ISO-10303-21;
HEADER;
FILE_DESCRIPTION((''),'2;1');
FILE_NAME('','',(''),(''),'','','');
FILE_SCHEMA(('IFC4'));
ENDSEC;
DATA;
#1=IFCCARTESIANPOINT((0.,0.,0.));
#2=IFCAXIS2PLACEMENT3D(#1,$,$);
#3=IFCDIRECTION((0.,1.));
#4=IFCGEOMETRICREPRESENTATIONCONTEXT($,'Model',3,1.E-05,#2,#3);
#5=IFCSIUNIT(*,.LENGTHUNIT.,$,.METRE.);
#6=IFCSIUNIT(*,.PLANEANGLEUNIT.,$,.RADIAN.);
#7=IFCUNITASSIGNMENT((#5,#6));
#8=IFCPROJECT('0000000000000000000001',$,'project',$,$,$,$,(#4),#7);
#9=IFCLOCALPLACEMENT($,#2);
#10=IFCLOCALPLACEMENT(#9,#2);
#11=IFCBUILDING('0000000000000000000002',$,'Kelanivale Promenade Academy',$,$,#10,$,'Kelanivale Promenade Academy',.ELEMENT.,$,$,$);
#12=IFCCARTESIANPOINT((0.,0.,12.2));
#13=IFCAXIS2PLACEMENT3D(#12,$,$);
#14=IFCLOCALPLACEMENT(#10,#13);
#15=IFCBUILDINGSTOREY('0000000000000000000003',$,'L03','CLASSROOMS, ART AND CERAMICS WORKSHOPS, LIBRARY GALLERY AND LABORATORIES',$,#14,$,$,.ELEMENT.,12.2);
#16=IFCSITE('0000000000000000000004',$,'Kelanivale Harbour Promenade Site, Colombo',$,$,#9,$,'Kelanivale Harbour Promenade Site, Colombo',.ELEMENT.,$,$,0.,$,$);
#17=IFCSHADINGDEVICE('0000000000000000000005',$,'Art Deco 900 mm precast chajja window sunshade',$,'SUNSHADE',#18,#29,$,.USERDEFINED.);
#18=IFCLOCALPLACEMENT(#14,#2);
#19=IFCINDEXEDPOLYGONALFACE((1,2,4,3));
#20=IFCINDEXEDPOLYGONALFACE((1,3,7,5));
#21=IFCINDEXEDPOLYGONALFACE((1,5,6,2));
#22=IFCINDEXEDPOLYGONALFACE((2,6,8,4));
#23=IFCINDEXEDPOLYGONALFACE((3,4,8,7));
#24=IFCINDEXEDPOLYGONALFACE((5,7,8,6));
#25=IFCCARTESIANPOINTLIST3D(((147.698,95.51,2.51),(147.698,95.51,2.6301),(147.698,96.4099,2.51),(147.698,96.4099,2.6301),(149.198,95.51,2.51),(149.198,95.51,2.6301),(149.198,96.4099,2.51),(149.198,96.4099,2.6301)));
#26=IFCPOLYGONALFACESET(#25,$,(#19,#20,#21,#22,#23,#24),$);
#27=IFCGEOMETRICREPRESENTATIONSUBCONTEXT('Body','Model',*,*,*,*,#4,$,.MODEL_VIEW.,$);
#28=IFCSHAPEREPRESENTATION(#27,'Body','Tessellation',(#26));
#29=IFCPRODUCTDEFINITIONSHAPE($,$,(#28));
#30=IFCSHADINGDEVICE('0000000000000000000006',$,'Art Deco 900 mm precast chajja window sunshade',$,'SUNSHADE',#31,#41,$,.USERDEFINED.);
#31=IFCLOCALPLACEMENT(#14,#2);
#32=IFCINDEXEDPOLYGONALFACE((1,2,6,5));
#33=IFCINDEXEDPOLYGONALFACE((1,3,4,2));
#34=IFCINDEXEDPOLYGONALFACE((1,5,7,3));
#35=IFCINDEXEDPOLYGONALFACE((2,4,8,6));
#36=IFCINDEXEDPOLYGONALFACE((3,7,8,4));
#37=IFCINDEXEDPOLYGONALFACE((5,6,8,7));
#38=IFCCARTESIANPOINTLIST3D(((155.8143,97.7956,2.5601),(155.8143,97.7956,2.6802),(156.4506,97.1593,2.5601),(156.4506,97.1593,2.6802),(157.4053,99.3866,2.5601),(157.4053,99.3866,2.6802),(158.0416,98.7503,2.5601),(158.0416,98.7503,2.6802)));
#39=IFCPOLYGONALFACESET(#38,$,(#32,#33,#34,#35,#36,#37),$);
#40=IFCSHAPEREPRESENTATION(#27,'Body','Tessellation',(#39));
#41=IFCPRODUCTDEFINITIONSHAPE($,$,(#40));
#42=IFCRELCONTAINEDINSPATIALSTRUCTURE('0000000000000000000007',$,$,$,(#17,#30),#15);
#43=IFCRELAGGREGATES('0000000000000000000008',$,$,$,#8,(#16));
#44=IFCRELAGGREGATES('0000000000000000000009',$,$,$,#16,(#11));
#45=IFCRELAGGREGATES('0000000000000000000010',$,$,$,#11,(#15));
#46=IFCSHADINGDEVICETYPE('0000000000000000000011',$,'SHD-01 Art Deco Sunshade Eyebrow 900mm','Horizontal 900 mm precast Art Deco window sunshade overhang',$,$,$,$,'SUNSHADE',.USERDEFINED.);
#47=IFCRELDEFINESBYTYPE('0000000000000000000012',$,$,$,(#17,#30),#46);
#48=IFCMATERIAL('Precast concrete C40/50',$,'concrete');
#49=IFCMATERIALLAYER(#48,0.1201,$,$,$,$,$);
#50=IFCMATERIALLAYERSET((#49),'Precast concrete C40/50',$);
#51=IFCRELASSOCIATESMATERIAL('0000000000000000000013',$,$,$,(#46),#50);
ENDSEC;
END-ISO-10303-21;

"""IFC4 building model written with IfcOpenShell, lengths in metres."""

from ifc_helpers import new_model, si_unit, direction, frame, origin, origin_2d, place, context, subcontext, project, spatial, rectangle, extrude, material, layer, layer_set, type_object, element, save


model = new_model("IFC4")

# Units and contexts
model_context = context("Model", 3, precision=1e-05, world=origin(), true_north=direction((0.0, 1.0)))
body_context = subcontext(model_context, "Body", "Model", "MODEL_VIEW")
ifc_project = project(units=[si_unit("LENGTHUNIT", "METRE"), si_unit("PLANEANGLEUNIT", "RADIAN")], contexts=[model_context])

# Site, building, storey
site_placement = place(None, origin())
site = spatial("IfcSite", under=ifc_project, at=site_placement, Name="Kelanivale Harbour Promenade Site, Colombo", LongName="Kelanivale Harbour Promenade Site, Colombo", CompositionType="ELEMENT", RefElevation=0.0)
building_placement = place(site_placement, origin())
building = spatial("IfcBuilding", under=site, at=building_placement, Name="Kelanivale Promenade Academy", LongName="Kelanivale Promenade Academy", CompositionType="ELEMENT")
storey_placement = place(building_placement, frame((0.0, 0.0, 12.2)))
storey = spatial("IfcBuildingStorey", under=building, at=storey_placement, Name="L03", Description="CLASSROOMS, ART AND CERAMICS WORKSHOPS, LIBRARY GALLERY AND LABORATORIES", CompositionType="ELEMENT", Elevation=12.2)

# Shading devices
ifc_material_1 = material(Name="Precast concrete C40/50", Category="concrete")
ifc_layer_1 = layer(ifc_material_1, 0.1201)
ifc_layer_set_1 = layer_set([ifc_layer_1], Name="Precast concrete C40/50")
shading_device_type = type_object("IfcShadingDeviceType", Name="SHD-01 Art Deco Sunshade Eyebrow 900mm", Description="Horizontal 900 mm precast Art Deco window sunshade overhang", ElementType="SUNSHADE", PredefinedType="USERDEFINED", material=ifc_layer_set_1)
shading_device_1_placement = place(storey_placement, frame((148.448, 95.96, 2.51), z_axis=(0.0, 0.0, 1.0), x_axis=(1.0, 0.0, 0.0)))
element("IfcShadingDevice", 1, at=shading_device_1_placement, inside=storey, type_object=shading_device_type, Name="Art Deco 900 mm precast chajja window sunshade", ObjectType="SUNSHADE", PredefinedType="USERDEFINED", context=body_context, shape_type="SweptSolid", body=[
    extrude(rectangle(XDim=1.5, YDim=0.8999, at=origin_2d()), origin(), (0.0, 0.0, 1.0), 0.1201),
])
shading_device_2_placement = place(storey_placement, frame((156.928, 98.2729, 2.5601), z_axis=(0.0, 0.0, 1.0), x_axis=(0.707107, 0.707107, 0.0)))
element("IfcShadingDevice", 2, at=shading_device_2_placement, inside=storey, type_object=shading_device_type, Name="Art Deco 900 mm precast chajja window sunshade", ObjectType="SUNSHADE", PredefinedType="USERDEFINED", context=body_context, shape_type="SweptSolid", body=[
    extrude(rectangle(XDim=2.25, YDim=0.8999, at=origin_2d()), origin(), (0.0, 0.0, 1.0), 0.1201),
])

save(model, "model.ifc")
